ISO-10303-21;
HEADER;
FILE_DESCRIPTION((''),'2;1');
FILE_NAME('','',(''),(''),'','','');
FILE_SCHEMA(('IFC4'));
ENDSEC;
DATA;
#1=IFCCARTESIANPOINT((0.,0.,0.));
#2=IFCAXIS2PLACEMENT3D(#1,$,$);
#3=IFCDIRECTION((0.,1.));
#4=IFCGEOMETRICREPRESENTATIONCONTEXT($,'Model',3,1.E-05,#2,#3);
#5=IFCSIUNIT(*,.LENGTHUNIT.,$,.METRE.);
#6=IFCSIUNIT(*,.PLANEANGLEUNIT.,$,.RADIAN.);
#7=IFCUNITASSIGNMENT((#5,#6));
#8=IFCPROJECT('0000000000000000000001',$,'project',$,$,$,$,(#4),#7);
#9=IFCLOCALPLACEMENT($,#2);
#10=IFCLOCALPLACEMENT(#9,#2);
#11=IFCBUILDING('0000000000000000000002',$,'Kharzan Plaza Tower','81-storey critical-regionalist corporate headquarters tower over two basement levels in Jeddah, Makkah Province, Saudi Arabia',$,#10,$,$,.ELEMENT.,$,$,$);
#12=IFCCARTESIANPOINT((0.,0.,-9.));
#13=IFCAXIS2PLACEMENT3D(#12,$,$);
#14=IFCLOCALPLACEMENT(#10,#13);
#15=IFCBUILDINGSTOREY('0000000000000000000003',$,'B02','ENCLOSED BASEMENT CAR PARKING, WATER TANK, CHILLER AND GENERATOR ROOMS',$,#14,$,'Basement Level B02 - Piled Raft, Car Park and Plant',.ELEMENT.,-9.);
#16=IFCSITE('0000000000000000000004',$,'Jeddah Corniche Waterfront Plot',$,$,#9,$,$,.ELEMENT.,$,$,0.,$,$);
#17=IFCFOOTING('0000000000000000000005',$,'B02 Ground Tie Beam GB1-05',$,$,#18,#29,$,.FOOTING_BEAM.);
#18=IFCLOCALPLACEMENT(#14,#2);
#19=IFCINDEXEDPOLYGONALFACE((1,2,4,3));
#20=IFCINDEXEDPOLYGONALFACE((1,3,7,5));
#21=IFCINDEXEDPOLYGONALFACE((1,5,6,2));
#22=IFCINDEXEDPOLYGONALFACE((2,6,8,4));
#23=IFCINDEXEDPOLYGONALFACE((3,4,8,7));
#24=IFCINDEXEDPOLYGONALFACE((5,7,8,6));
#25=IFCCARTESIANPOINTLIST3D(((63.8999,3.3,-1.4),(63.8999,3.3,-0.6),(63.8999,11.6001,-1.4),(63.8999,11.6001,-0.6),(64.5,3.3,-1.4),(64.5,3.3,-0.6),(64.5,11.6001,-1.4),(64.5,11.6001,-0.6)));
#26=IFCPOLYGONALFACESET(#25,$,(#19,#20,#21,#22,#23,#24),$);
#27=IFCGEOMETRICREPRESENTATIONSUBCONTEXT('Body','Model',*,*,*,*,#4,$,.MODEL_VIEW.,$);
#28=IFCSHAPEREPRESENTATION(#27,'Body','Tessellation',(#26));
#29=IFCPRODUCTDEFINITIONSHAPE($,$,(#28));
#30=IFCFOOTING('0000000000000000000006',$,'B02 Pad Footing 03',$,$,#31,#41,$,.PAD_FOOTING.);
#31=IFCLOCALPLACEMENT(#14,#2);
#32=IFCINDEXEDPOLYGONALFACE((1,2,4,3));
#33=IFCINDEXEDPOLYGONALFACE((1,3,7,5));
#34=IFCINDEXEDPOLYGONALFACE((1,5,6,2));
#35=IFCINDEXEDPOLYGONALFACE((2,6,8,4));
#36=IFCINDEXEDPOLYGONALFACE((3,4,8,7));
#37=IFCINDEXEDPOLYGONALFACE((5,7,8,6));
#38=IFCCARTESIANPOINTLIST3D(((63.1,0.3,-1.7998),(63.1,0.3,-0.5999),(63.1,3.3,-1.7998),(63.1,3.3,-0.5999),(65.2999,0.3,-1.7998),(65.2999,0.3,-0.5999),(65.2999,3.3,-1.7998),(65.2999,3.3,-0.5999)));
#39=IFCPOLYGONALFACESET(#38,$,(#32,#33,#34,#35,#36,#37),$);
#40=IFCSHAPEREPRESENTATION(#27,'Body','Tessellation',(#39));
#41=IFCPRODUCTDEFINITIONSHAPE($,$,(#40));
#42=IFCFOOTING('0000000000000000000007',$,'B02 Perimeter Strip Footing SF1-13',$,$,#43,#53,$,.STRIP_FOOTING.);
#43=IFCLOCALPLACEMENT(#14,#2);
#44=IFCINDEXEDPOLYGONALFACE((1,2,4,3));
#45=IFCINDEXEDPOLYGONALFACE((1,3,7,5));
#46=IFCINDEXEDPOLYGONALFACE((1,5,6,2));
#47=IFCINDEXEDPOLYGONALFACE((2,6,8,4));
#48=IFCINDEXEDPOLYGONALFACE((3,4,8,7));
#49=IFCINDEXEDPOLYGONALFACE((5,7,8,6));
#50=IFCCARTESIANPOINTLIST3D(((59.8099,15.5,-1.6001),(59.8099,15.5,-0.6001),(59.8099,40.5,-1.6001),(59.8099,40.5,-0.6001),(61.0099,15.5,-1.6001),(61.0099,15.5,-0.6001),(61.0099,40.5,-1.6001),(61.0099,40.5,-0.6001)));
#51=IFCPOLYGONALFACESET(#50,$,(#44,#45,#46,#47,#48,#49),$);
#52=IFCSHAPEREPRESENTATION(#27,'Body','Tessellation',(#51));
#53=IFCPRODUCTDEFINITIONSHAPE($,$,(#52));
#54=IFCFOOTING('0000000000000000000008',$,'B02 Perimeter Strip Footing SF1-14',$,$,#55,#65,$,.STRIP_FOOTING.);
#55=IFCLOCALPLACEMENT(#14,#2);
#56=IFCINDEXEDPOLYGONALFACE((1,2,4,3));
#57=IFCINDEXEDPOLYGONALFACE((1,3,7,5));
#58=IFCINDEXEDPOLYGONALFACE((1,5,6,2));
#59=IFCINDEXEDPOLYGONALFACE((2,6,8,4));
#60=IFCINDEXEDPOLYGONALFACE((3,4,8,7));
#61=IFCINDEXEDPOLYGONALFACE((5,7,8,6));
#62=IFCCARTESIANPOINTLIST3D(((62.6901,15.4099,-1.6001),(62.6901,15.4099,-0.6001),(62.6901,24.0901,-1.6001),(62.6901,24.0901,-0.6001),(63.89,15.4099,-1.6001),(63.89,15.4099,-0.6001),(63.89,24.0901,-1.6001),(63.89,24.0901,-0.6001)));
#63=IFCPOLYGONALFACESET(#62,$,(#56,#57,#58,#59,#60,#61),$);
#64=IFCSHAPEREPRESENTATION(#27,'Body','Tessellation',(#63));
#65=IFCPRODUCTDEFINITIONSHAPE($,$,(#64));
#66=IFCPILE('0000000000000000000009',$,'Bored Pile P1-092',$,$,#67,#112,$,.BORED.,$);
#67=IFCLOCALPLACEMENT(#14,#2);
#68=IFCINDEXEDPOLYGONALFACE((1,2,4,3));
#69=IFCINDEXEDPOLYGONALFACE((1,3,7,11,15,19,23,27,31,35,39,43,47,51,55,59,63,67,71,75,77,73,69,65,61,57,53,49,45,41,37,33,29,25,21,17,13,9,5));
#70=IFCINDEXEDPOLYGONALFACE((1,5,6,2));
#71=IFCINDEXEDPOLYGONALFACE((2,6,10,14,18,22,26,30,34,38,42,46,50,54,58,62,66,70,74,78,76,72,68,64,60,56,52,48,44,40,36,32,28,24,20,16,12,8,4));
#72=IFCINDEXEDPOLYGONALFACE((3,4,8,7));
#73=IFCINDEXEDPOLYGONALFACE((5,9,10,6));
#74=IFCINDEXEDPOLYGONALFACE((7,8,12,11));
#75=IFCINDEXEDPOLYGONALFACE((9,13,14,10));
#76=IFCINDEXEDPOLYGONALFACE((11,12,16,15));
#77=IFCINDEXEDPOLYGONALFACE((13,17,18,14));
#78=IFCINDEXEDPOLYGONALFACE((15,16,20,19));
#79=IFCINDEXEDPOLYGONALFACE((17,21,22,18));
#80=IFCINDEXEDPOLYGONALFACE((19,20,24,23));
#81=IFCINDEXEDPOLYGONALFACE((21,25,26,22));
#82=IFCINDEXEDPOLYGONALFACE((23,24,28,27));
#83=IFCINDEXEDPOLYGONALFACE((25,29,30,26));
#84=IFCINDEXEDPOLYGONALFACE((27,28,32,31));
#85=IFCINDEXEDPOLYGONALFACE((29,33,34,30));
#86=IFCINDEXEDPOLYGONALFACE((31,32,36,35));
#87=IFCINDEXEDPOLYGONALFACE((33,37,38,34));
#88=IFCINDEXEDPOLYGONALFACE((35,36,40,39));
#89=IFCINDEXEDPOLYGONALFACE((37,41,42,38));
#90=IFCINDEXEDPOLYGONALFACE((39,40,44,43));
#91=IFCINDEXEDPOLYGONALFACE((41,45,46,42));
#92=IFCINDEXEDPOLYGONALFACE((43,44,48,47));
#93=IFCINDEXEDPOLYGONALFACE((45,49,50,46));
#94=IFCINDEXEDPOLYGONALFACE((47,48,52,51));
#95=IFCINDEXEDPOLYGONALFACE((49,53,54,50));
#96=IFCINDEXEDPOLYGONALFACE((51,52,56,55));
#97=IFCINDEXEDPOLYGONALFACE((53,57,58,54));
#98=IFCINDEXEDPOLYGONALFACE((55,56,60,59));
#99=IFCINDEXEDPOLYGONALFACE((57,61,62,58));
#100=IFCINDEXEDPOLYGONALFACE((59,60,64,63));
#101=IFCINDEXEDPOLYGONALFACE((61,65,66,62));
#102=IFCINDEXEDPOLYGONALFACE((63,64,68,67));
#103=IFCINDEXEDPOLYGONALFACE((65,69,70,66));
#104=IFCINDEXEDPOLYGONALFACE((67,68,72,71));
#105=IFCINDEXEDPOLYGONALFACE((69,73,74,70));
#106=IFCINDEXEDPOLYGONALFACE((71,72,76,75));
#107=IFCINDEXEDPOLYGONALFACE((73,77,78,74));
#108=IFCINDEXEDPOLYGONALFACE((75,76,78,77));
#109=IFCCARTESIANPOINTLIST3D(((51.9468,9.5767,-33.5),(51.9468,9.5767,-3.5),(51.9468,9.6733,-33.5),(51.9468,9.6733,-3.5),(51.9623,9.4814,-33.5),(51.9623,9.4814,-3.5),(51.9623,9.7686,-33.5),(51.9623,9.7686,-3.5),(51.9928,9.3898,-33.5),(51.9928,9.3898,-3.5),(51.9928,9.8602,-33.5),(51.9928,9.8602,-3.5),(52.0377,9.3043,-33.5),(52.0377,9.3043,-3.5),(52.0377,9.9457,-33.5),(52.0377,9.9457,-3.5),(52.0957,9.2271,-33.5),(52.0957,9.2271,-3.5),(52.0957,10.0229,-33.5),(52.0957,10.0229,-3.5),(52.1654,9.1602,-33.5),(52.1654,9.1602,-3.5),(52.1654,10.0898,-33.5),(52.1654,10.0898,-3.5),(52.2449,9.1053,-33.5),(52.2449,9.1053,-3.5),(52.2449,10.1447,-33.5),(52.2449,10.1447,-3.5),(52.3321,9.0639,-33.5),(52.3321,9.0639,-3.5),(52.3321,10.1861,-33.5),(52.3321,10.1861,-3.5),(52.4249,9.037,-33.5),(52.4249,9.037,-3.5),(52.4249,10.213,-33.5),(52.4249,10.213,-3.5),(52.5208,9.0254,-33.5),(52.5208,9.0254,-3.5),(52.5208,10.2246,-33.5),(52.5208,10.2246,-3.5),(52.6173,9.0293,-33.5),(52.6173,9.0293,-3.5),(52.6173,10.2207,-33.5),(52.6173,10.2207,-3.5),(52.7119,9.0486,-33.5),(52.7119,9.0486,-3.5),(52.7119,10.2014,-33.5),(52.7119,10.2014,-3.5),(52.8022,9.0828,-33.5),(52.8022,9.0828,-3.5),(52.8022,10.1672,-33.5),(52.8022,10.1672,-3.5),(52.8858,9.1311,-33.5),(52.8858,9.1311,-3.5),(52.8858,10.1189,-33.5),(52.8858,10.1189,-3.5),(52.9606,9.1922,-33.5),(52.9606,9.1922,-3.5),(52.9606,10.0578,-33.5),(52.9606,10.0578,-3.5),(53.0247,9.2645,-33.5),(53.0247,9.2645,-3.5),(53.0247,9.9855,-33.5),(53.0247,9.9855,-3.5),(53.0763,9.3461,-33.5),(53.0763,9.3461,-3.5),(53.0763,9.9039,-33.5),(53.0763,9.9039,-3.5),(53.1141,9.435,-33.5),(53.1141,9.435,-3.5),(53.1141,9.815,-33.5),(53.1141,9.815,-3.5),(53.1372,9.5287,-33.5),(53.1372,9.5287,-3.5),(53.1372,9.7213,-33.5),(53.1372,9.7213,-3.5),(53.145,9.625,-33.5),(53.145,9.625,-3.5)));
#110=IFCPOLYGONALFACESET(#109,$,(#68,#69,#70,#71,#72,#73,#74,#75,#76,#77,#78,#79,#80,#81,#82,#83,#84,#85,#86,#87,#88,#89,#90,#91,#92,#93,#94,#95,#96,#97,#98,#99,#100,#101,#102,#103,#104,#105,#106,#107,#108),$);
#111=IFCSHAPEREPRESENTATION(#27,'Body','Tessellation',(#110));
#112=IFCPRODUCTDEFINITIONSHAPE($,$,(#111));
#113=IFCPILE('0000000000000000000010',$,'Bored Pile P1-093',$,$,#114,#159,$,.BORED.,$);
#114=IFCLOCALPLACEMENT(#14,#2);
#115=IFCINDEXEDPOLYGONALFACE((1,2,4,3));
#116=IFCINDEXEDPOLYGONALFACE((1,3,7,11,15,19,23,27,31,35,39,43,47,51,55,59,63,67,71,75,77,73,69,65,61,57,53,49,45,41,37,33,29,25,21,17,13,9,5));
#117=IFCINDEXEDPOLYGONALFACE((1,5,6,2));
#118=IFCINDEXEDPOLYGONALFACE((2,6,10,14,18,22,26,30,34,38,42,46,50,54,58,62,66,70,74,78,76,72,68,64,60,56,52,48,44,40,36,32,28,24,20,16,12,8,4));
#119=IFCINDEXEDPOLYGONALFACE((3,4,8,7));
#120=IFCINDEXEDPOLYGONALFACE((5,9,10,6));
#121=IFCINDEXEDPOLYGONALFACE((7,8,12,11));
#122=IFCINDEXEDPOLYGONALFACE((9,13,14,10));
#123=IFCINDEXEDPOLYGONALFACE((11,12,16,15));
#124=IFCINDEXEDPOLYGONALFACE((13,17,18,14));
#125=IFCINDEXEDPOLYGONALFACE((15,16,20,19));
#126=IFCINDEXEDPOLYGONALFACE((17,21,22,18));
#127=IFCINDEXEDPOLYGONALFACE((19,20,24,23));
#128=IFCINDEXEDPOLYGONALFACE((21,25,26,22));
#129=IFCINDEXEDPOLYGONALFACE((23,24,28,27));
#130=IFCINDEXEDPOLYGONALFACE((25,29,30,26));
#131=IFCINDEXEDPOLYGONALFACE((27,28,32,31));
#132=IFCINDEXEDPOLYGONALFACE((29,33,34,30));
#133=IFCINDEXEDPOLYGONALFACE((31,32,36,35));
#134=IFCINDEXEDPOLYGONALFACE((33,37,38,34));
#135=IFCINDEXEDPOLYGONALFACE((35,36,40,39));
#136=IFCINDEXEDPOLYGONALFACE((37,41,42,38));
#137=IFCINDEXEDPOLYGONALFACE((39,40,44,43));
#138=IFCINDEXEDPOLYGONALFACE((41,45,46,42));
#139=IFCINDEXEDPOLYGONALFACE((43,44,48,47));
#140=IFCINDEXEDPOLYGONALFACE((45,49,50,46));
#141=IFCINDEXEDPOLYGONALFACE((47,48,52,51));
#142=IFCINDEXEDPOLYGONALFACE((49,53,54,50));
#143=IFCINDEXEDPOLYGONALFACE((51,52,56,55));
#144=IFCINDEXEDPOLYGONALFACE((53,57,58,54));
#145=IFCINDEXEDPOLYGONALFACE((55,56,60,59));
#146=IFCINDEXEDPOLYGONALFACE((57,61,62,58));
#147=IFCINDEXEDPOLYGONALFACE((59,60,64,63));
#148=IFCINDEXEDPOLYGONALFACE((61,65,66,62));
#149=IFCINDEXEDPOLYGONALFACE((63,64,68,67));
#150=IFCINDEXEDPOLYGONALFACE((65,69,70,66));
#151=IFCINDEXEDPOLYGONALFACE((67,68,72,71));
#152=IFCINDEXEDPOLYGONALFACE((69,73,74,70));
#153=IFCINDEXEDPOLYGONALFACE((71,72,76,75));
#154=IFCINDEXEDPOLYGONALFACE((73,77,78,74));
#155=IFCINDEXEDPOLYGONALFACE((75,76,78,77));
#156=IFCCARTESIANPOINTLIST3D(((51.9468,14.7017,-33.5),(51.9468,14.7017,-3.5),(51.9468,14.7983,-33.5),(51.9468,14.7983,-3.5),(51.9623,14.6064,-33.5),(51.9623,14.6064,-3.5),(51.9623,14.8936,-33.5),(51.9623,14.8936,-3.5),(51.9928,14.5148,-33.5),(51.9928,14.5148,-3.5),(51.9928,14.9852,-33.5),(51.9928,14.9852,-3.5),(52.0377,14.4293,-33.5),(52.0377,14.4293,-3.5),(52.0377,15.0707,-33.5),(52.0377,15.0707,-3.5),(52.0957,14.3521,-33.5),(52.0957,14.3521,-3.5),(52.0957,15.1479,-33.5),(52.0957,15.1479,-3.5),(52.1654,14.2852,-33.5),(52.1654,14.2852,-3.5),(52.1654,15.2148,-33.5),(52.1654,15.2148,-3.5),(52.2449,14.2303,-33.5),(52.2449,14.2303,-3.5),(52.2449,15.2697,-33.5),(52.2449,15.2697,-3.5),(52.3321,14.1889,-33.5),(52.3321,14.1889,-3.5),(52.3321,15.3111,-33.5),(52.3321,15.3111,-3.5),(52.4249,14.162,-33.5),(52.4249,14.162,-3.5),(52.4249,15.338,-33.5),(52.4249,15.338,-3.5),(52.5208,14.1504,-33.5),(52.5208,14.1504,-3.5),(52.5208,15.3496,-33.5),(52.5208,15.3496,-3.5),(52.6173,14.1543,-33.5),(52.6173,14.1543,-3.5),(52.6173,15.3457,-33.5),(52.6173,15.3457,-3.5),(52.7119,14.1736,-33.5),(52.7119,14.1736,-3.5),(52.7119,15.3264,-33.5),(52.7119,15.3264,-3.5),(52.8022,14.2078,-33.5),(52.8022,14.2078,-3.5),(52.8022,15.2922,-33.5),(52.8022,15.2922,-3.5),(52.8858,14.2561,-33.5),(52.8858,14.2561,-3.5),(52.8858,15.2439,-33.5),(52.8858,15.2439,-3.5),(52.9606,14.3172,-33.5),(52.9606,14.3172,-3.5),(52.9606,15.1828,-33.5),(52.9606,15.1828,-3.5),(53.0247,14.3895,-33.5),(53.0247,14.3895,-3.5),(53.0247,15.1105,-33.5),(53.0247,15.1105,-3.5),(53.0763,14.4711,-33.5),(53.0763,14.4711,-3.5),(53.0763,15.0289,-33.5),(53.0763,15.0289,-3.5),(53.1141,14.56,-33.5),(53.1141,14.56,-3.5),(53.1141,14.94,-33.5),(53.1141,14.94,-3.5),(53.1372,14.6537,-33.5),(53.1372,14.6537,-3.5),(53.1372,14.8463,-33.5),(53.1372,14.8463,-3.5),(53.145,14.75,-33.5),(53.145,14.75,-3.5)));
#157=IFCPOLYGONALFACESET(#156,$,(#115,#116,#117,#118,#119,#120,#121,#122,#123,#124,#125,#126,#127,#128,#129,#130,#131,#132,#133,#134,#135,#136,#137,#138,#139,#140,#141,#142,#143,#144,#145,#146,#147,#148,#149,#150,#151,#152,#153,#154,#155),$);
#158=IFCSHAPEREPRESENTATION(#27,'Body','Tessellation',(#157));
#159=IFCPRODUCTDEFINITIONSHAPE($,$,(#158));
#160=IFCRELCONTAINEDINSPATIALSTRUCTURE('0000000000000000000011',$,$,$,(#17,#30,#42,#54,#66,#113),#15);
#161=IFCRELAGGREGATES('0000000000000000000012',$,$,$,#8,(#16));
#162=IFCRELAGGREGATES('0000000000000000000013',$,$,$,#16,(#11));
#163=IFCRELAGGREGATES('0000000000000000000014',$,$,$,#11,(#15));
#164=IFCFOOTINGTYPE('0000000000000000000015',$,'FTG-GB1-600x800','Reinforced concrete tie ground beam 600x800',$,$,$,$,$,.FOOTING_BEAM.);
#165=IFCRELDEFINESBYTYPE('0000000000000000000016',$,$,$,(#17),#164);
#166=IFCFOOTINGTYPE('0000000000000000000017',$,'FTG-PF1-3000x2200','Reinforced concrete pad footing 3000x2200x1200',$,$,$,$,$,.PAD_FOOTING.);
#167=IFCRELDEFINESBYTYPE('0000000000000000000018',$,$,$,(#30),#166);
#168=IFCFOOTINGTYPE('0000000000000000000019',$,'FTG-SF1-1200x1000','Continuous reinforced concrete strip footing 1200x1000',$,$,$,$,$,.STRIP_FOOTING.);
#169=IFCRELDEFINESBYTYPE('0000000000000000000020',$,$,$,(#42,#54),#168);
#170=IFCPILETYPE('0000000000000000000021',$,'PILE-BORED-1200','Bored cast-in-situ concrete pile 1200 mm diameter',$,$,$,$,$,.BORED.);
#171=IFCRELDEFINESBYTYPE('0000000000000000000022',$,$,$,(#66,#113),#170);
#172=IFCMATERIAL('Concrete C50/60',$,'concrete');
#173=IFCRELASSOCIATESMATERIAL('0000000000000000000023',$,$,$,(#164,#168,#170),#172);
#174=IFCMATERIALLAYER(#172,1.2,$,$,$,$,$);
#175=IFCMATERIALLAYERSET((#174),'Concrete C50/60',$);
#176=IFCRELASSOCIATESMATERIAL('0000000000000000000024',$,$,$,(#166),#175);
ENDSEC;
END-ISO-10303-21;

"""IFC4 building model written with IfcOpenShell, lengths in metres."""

from ifc_helpers import new_model, si_unit, direction, frame, origin, origin_2d, place, context, subcontext, project, spatial, rectangle, circle, extrude, source, transform, mapped, material, layer, layer_set, material_profile, profile_set, type_object, element, save


model = new_model("IFC4")

# Units and contexts
model_context = context("Model", 3, precision=1e-05, world=origin(), true_north=direction((0.0, 1.0)))
body_context = subcontext(model_context, "Body", "Model", "MODEL_VIEW")
ifc_project = project(units=[si_unit("LENGTHUNIT", "METRE"), si_unit("PLANEANGLEUNIT", "RADIAN")], contexts=[model_context])

# Site, building, storey
site_placement = place(None, origin())
site = spatial("IfcSite", under=ifc_project, at=site_placement, Name="Jeddah Corniche Waterfront Plot", CompositionType="ELEMENT", RefElevation=0.0)
building_placement = place(site_placement, origin())
building = spatial("IfcBuilding", under=site, at=building_placement, Name="Kharzan Plaza Tower", Description="81-storey critical-regionalist corporate headquarters tower over two basement levels in Jeddah, Makkah Province, Saudi Arabia", CompositionType="ELEMENT")
storey_placement = place(building_placement, frame((0.0, 0.0, -9.0)))
storey = spatial("IfcBuildingStorey", under=building, at=storey_placement, Name="B02", Description="ENCLOSED BASEMENT CAR PARKING, WATER TANK, CHILLER AND GENERATOR ROOMS", LongName="Basement Level B02 - Piled Raft, Car Park and Plant", CompositionType="ELEMENT", Elevation=-9.0)

# Footings
ifc_material_1 = material(Name="Concrete C50/60", Category="concrete")
ifc_material_profile_1 = material_profile(ifc_material_1, rectangle(XDim=0.6001, YDim=0.8, at=origin_2d()), Name="GB-600x800")
ifc_profile_set_1 = profile_set([ifc_material_profile_1], Name="Concrete C50/60")
footing_type_1 = type_object("IfcFootingType", Name="FTG-GB1-600x800", Description="Reinforced concrete tie ground beam 600x800", PredefinedType="FOOTING_BEAM", material=ifc_profile_set_1)
shared_shape_1 = source(origin(), body_context, "Body", "SweptSolid", [
    extrude(rectangle(XDim=0.6001, YDim=0.8, at=origin_2d()), origin(), (0.0, 0.0, 1.0), 8.3),
])
footing_1_placement = place(storey_placement, frame((64.2, 3.3, -1.0), z_axis=(0.0, 1.0, 0.0), x_axis=(-1.0, 0.0, 0.0)))
element("IfcFooting", 1, at=footing_1_placement, inside=storey, type_object=footing_type_1, Name="B02 Ground Tie Beam GB1-05", PredefinedType="FOOTING_BEAM", context=body_context, shape_type="MappedRepresentation", body=[
    mapped(shared_shape_1, transform((0.0, 0.0, 0.0), x_axis=(1.0, 0.0, 0.0), y_axis=(0.0, 1.0, 0.0), z_axis=(0.0, 0.0, 1.0))),
])
ifc_layer_1 = layer(ifc_material_1, 1.2)
ifc_layer_set_1 = layer_set([ifc_layer_1], Name="Concrete C50/60")
footing_type_2 = type_object("IfcFootingType", Name="FTG-PF1-3000x2200", Description="Reinforced concrete pad footing 3000x2200x1200", PredefinedType="PAD_FOOTING", material=ifc_layer_set_1)
shared_shape_2 = source(origin(), body_context, "Body", "SweptSolid", [
    extrude(rectangle(XDim=3.0, YDim=2.2, at=origin_2d()), origin(), (0.0, 0.0, 1.0), 1.2),
])
footing_2_placement = place(storey_placement, frame((64.2, 1.8, -1.7998), z_axis=(0.0, 0.0, 1.0), x_axis=(0.0, 1.0, 0.0)))
element("IfcFooting", 2, at=footing_2_placement, inside=storey, type_object=footing_type_2, Name="B02 Pad Footing 03", PredefinedType="PAD_FOOTING", context=body_context, shape_type="MappedRepresentation", body=[
    mapped(shared_shape_2, transform((0.0, 0.0, 0.0), x_axis=(1.0, 0.0, 0.0), y_axis=(0.0, 1.0, 0.0), z_axis=(0.0, 0.0, 1.0))),
])
ifc_material_profile_2 = material_profile(ifc_material_1, rectangle(XDim=1.2, YDim=1.0, at=origin_2d()), Name="SF-1200x1000")
ifc_profile_set_2 = profile_set([ifc_material_profile_2], Name="Concrete C50/60")
footing_type_3 = type_object("IfcFootingType", Name="FTG-SF1-1200x1000", Description="Continuous reinforced concrete strip footing 1200x1000", PredefinedType="STRIP_FOOTING", material=ifc_profile_set_2)
shared_shape_3 = source(origin(), body_context, "Body", "SweptSolid", [
    extrude(rectangle(XDim=1.2, YDim=1.0, at=origin_2d()), origin(), (0.0, 0.0, 1.0), 25.0),
])
footing_3_placement = place(storey_placement, frame((60.4099, 15.5, -1.1001), z_axis=(0.0, 1.0, 0.0), x_axis=(-1.0, 0.0, 0.0)))
element("IfcFooting", 3, at=footing_3_placement, inside=storey, type_object=footing_type_3, Name="B02 Perimeter Strip Footing SF1-13", PredefinedType="STRIP_FOOTING", context=body_context, shape_type="MappedRepresentation", body=[
    mapped(shared_shape_3, transform((0.0, 0.0, 0.0), x_axis=(1.0, 0.0, 0.0), y_axis=(0.0, 1.0, 0.0), z_axis=(0.0, 0.0, 1.0))),
])
shared_shape_4 = source(origin(), body_context, "Body", "SweptSolid", [
    extrude(rectangle(XDim=1.2, YDim=1.0, at=origin_2d()), origin(), (0.0, 0.0, 1.0), 8.6802),
])
footing_4_placement = place(storey_placement, frame((63.29, 15.4099, -1.1001), z_axis=(0.0, 1.0, 0.0), x_axis=(-1.0, 0.0, 0.0)))
element("IfcFooting", 4, at=footing_4_placement, inside=storey, type_object=footing_type_3, Name="B02 Perimeter Strip Footing SF1-14", PredefinedType="STRIP_FOOTING", context=body_context, shape_type="MappedRepresentation", body=[
    mapped(shared_shape_4, transform((0.0, 0.0, 0.0), x_axis=(1.0, 0.0, 0.0), y_axis=(0.0, 1.0, 0.0), z_axis=(0.0, 0.0, 1.0))),
])

# Piles
ifc_material_profile_3 = material_profile(ifc_material_1, circle(Radius=0.6001, at=origin_2d()), Name="PILE-D1200")
ifc_profile_set_3 = profile_set([ifc_material_profile_3], Name="Concrete C50/60")
pile_type_1 = type_object("IfcPileType", Name="PILE-BORED-1200", Description="Bored cast-in-situ concrete pile 1200 mm diameter", PredefinedType="BORED", material=ifc_profile_set_3)
shared_shape_5 = source(origin(), body_context, "Body", "SweptSolid", [
    extrude(circle(Radius=0.6001, at=origin_2d()), origin(), (0.0, 0.0, 1.0), 30.0),
])
for number, where, z_axis, x_axis, name in (
    (5, (52.5449, 9.625, -3.5), (0.0, 0.0, -1.0), (1.0, 0.0, 0.0), "Bored Pile P1-092"),
    (6, (52.5449, 14.75, -3.5), (0.0, 0.0, -1.0), (1.0, 0.0, 0.0), "Bored Pile P1-093"),
):
    element("IfcPile", number, at=place(storey_placement, frame(where, z_axis=z_axis, x_axis=x_axis)), inside=storey, type_object=pile_type_1, Name=name, PredefinedType="BORED", context=body_context, shape_type="MappedRepresentation", body=[
        mapped(shared_shape_5, transform((0.0, 0.0, 0.0), x_axis=(1.0, 0.0, 0.0), y_axis=(0.0, 1.0, 0.0), z_axis=(0.0, 0.0, 1.0))),
    ])

save(model, "model.ifc")
